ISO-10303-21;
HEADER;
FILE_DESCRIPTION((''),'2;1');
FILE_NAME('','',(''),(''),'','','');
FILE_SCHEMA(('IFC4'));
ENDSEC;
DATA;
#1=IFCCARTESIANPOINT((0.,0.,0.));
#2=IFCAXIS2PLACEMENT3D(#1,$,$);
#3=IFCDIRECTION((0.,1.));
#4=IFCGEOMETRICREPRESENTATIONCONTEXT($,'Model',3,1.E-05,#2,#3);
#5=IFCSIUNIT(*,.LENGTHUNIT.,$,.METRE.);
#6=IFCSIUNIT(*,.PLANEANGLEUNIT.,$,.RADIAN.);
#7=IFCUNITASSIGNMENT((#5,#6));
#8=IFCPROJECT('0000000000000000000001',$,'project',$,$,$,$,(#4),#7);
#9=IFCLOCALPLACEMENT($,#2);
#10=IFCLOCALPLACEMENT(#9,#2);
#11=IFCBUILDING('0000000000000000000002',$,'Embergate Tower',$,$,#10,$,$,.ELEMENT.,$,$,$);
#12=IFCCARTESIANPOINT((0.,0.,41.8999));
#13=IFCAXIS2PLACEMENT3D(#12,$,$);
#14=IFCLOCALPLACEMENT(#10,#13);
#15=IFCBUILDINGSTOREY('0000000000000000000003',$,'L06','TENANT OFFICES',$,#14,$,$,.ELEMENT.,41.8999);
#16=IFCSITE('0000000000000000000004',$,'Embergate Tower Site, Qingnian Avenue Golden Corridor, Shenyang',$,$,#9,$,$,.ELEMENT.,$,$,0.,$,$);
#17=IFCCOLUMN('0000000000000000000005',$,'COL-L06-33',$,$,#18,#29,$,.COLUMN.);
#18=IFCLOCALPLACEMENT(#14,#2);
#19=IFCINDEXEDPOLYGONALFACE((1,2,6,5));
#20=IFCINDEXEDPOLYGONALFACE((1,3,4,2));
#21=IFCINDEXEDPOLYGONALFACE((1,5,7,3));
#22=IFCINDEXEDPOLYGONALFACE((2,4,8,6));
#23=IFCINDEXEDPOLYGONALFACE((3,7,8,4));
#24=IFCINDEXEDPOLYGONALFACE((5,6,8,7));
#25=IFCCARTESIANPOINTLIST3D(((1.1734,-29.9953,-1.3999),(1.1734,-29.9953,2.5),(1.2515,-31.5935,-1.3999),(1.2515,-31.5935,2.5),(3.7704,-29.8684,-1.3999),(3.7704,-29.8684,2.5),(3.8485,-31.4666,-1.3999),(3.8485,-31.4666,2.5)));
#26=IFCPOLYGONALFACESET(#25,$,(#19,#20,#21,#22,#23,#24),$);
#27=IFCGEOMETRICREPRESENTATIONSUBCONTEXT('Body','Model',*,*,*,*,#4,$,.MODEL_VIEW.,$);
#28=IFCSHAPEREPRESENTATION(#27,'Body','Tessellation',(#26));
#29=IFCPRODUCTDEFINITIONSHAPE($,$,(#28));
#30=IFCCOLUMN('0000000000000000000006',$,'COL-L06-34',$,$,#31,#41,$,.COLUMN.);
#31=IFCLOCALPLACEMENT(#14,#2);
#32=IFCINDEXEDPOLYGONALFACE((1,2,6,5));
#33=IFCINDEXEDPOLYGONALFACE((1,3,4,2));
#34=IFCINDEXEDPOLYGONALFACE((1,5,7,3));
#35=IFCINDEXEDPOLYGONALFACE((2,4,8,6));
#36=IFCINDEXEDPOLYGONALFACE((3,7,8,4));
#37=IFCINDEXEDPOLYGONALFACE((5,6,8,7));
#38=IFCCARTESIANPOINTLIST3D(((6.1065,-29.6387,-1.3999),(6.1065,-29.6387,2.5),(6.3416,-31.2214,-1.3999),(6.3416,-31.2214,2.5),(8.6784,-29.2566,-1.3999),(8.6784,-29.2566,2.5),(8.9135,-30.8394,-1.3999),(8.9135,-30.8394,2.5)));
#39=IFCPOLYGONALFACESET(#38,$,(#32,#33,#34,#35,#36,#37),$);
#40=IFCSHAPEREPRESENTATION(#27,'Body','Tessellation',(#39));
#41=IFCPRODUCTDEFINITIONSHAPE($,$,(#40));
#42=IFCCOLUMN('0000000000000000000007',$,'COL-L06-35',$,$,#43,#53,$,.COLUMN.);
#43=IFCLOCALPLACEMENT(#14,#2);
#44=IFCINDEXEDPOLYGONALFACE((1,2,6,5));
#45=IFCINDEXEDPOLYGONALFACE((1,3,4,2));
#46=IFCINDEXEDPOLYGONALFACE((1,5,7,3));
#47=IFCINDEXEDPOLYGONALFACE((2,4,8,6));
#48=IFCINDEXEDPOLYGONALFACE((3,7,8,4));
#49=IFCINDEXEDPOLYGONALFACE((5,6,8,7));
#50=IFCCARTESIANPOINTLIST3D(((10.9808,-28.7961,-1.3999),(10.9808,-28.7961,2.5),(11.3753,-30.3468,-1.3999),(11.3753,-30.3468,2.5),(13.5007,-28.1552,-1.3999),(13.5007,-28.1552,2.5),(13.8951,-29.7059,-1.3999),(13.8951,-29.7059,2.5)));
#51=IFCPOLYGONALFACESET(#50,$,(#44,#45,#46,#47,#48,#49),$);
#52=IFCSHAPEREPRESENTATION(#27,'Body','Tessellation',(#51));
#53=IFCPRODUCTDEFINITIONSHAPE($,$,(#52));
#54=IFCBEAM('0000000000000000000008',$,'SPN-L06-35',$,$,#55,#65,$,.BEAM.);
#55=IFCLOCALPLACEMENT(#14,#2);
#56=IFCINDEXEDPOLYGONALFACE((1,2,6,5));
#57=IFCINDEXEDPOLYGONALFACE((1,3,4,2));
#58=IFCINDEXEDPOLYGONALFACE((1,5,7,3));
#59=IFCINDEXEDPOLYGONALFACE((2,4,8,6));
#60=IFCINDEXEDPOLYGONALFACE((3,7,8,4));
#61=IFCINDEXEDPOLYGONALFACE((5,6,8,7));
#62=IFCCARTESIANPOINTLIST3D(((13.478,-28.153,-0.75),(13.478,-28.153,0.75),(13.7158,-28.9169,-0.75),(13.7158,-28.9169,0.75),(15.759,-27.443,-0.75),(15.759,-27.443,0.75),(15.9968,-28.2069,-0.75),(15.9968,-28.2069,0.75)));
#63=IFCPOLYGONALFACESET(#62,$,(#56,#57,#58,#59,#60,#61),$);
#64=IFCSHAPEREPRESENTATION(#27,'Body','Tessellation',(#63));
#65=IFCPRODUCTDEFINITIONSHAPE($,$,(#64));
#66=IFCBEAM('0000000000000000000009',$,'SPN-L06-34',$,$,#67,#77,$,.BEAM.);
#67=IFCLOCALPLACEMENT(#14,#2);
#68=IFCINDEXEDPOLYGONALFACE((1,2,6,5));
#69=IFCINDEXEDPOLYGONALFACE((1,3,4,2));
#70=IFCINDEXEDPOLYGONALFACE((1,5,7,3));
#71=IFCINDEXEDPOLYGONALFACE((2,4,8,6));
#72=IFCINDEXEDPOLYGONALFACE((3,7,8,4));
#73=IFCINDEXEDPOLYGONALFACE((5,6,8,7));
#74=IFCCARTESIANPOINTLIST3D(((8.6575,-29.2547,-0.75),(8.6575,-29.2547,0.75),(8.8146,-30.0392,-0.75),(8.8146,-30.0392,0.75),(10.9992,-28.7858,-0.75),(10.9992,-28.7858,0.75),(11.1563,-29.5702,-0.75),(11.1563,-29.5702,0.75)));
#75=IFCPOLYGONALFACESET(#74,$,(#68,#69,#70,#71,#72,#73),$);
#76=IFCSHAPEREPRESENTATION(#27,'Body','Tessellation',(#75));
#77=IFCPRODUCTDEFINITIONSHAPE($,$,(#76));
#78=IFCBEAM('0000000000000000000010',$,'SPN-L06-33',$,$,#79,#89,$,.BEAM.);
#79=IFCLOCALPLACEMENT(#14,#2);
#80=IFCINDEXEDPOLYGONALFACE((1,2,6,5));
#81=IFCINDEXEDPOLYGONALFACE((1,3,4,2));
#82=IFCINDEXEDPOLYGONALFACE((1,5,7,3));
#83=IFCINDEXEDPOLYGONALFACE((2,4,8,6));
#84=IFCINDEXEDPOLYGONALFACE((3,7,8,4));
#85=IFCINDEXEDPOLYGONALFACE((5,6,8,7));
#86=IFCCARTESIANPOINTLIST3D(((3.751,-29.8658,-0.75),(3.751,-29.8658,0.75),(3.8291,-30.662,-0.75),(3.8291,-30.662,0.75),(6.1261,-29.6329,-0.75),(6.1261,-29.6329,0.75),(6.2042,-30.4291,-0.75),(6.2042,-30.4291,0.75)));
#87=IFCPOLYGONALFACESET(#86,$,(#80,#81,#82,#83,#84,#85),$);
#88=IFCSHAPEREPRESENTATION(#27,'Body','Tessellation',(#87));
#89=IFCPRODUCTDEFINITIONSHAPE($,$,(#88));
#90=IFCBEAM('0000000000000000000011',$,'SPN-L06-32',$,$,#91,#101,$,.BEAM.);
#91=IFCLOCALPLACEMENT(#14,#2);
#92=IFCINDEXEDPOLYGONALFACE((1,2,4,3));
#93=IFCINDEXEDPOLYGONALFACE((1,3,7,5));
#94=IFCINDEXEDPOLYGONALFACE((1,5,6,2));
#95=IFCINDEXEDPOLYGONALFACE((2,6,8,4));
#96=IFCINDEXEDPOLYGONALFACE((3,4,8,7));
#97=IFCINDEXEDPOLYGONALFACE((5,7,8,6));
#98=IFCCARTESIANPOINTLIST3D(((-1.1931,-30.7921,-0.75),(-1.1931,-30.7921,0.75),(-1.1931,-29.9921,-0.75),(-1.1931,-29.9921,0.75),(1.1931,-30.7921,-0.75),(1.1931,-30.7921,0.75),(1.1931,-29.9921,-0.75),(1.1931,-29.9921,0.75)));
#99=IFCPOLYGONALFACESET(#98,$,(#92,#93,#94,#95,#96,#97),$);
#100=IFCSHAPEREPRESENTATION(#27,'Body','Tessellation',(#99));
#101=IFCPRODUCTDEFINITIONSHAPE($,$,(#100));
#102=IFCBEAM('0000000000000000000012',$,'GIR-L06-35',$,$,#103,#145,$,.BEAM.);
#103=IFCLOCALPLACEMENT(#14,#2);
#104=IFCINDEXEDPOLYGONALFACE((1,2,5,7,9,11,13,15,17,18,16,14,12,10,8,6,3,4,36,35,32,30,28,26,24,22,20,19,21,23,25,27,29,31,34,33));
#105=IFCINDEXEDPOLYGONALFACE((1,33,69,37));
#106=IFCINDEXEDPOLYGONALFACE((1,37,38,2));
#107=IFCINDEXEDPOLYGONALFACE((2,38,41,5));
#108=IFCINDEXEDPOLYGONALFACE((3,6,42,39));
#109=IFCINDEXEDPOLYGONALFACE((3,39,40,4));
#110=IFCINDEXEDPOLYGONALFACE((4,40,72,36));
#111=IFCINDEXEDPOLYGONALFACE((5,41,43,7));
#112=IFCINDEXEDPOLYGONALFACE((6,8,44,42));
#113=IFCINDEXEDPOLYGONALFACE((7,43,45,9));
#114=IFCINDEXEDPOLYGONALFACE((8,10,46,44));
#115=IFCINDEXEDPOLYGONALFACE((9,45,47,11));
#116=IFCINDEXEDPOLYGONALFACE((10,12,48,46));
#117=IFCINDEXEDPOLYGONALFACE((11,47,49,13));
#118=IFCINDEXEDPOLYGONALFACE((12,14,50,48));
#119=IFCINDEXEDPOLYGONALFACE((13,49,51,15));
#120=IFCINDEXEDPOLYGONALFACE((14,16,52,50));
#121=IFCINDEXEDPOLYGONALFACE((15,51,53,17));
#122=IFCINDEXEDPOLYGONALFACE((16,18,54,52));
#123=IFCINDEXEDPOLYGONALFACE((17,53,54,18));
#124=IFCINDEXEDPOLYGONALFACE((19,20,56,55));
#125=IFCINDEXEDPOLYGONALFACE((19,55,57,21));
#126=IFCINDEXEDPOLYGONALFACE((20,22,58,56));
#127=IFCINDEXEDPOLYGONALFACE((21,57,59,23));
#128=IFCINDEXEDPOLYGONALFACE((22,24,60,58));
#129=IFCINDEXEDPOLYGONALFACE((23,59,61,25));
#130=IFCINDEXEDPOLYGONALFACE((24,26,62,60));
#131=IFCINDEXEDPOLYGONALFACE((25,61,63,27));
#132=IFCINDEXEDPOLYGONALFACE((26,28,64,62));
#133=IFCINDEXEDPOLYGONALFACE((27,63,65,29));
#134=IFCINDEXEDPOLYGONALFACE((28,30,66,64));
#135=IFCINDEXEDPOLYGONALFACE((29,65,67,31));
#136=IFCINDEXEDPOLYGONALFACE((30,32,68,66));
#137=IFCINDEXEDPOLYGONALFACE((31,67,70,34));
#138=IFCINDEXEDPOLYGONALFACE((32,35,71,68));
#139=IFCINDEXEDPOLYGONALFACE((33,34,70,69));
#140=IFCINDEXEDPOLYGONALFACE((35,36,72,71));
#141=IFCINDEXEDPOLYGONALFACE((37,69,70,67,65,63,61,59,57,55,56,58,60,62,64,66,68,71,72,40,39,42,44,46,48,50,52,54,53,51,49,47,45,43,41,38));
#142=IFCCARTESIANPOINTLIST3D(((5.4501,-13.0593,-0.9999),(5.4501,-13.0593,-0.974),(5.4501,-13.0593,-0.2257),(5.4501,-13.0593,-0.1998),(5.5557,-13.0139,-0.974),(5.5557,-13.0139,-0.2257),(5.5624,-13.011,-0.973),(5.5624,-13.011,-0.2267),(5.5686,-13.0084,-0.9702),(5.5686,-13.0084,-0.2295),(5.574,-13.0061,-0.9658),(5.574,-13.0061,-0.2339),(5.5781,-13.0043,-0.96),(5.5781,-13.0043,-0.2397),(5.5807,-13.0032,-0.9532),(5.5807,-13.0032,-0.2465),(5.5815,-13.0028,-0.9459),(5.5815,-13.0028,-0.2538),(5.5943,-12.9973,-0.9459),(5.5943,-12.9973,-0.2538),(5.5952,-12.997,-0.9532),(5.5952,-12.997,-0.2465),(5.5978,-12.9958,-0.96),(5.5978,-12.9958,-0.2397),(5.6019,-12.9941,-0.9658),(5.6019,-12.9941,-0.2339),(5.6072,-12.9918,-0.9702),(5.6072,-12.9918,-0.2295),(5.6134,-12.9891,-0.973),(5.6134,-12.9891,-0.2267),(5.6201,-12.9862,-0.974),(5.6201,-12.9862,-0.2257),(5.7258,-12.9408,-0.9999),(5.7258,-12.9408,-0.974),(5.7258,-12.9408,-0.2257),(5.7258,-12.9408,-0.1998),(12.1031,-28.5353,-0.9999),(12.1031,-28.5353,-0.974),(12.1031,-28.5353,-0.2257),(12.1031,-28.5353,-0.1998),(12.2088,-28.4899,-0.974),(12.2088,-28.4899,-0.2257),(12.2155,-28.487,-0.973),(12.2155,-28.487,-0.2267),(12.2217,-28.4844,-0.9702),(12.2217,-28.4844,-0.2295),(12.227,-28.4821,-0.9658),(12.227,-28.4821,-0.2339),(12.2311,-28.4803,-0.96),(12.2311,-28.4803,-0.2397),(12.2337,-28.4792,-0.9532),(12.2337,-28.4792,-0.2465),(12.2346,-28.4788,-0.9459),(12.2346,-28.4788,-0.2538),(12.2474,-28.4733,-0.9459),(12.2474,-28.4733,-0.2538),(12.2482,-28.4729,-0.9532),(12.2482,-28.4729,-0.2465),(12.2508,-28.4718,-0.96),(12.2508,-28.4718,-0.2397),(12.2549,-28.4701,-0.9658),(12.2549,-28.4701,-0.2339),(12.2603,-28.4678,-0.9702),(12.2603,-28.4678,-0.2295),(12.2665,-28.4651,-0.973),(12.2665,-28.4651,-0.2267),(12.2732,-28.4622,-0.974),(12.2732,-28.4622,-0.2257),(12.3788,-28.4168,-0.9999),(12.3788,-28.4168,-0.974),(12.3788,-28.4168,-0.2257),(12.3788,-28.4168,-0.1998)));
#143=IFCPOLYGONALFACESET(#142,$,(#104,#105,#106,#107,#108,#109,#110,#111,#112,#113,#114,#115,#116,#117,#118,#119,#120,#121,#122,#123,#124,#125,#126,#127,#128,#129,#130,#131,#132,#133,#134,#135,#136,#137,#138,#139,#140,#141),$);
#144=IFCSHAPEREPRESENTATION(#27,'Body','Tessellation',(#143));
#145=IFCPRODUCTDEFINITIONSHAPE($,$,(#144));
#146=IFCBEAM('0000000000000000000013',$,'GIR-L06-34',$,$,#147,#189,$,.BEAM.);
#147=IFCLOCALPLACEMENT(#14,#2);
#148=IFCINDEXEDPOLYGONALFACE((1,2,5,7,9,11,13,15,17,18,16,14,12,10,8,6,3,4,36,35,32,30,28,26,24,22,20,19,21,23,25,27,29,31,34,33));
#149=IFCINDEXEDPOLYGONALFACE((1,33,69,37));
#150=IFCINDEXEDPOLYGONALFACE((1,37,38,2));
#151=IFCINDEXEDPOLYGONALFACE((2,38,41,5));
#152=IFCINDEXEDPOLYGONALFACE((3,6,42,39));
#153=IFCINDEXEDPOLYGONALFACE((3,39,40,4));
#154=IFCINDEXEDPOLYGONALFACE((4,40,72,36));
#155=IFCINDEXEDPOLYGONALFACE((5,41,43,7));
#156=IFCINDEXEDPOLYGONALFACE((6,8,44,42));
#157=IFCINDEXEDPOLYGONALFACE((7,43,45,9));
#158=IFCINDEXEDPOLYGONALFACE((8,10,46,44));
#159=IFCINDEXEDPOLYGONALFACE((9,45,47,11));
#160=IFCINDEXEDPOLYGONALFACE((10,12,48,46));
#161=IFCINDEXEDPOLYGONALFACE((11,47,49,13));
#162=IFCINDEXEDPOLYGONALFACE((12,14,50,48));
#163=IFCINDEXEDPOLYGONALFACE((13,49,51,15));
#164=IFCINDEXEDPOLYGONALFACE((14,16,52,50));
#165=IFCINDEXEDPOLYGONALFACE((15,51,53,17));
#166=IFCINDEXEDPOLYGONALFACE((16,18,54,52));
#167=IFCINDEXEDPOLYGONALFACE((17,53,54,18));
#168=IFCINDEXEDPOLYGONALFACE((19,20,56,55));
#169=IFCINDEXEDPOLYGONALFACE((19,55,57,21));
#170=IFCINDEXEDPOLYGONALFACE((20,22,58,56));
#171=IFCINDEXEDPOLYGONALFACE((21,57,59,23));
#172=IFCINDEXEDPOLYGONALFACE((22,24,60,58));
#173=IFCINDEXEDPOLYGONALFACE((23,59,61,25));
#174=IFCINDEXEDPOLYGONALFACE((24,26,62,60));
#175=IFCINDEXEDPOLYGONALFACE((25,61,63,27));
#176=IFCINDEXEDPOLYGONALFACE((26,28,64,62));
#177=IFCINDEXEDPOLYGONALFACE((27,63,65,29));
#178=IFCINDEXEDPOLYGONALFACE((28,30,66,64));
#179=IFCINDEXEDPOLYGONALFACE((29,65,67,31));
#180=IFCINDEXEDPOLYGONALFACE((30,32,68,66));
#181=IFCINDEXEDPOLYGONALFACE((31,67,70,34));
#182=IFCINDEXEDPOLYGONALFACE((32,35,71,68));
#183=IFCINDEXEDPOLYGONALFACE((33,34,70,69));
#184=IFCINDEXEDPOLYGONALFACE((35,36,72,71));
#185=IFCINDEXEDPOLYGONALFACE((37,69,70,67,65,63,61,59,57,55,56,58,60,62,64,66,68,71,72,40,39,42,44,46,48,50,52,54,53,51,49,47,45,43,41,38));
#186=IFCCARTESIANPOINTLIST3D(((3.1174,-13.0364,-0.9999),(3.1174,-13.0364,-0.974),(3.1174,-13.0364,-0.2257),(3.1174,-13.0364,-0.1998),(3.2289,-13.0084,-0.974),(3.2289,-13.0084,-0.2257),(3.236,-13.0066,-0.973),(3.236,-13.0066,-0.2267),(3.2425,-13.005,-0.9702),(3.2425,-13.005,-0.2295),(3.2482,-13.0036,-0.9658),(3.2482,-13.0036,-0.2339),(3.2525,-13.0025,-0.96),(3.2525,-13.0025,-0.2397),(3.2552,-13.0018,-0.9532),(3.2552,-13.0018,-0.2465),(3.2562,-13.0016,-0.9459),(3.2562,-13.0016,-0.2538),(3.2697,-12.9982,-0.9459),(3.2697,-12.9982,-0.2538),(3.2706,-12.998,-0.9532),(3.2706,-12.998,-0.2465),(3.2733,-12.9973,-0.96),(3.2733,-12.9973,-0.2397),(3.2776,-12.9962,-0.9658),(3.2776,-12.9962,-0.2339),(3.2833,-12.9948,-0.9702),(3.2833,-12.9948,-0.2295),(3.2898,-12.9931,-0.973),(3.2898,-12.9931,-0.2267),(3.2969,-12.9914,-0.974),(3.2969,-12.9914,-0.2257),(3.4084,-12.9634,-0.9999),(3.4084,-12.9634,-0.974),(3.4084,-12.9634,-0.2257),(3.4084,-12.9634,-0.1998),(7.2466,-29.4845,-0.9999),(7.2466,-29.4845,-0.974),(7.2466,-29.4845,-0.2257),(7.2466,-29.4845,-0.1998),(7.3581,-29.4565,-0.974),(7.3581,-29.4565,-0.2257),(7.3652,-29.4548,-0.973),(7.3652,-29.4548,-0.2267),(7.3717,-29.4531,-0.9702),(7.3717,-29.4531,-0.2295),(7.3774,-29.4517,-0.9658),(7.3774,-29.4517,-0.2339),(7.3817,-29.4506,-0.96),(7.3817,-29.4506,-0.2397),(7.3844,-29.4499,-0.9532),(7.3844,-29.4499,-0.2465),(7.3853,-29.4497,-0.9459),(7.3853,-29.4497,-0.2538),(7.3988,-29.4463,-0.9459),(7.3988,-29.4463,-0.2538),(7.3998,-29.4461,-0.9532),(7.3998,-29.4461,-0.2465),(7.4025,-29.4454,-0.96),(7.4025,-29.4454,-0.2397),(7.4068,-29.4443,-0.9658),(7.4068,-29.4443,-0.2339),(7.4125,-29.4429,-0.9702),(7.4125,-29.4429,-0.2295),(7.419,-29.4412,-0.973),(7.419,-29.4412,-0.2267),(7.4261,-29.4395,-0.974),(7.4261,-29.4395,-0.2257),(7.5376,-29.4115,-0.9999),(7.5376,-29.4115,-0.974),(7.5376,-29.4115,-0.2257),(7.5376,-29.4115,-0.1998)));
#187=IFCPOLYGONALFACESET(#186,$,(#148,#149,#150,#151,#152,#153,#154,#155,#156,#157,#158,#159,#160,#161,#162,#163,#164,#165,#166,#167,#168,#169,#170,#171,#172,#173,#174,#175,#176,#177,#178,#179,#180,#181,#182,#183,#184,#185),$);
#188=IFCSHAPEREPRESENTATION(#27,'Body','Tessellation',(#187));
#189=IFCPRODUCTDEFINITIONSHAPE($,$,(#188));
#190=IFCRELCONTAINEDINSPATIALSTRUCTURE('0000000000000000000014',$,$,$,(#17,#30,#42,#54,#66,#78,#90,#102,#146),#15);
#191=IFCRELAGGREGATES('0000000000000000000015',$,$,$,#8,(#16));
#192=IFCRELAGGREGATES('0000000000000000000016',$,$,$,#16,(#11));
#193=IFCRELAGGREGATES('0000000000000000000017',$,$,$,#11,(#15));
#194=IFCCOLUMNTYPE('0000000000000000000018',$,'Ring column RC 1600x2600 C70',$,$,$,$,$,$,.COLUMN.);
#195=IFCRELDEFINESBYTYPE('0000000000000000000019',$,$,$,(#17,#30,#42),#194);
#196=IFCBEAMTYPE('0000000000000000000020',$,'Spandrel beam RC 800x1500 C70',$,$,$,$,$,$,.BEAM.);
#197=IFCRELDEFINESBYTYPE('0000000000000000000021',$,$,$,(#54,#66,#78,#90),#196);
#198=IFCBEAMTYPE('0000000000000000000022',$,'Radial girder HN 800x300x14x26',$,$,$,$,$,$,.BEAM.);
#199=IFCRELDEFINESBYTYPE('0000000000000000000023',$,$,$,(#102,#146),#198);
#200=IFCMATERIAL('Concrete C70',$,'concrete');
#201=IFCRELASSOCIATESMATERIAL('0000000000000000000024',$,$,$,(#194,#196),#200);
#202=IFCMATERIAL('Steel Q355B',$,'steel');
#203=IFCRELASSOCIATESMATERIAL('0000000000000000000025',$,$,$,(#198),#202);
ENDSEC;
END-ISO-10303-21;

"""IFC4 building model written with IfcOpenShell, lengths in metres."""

from ifc_helpers import new_model, si_unit, direction, frame, origin, origin_2d, place, context, subcontext, project, spatial, rectangle, i_section, extrude, source, transform, mapped, material, material_profile, profile_set, type_object, element, save


model = new_model("IFC4")

# Units and contexts
model_context = context("Model", 3, precision=1e-05, world=origin(), true_north=direction((0.0, 1.0)))
body_context = subcontext(model_context, "Body", "Model", "MODEL_VIEW")
ifc_project = project(units=[si_unit("LENGTHUNIT", "METRE"), si_unit("PLANEANGLEUNIT", "RADIAN")], contexts=[model_context])

# Site, building, storey
site_placement = place(None, origin())
site = spatial("IfcSite", under=ifc_project, at=site_placement, Name="Embergate Tower Site, Qingnian Avenue Golden Corridor, Shenyang", CompositionType="ELEMENT", RefElevation=0.0)
building_placement = place(site_placement, origin())
building = spatial("IfcBuilding", under=site, at=building_placement, Name="Embergate Tower", CompositionType="ELEMENT")
storey_placement = place(building_placement, frame((0.0, 0.0, 41.8999)))
storey = spatial("IfcBuildingStorey", under=building, at=storey_placement, Name="L06", Description="TENANT OFFICES", CompositionType="ELEMENT", Elevation=41.8999)

# Columns
ifc_material_1 = material(Name="Concrete C70", Category="concrete")
ifc_material_profile_1 = material_profile(ifc_material_1, rectangle(XDim=1.6001, YDim=2.6001, at=origin_2d()), Name="RC 1600x2600")
ifc_profile_set_1 = profile_set([ifc_material_profile_1], Name="Concrete C70")
column_type = type_object("IfcColumnType", Name="Ring column RC 1600x2600 C70", PredefinedType="COLUMN", material=ifc_profile_set_1)
shared_shape_1 = source(origin(), body_context, "Body", "SweptSolid", [
    extrude(rectangle(XDim=1.6001, YDim=2.6001, at=origin_2d()), origin(), (0.0, 0.0, 1.0), 3.8999),
])
for number, where, z_axis, x_axis, name in (
    (1, (2.511, -30.731, -1.3999), (0.0, 0.0, 1.0), (0.048815, -0.998808, 0.0), "COL-L06-33"),
    (2, (7.51, -30.239, -1.3999), (0.0, 0.0, 1.0), (0.146929, -0.989147, 0.0), "COL-L06-34"),
    (3, (12.438, -29.251, -1.3999), (0.0, 0.0, 1.0), (0.246492, -0.969145, 0.0), "COL-L06-35"),
):
    element("IfcColumn", number, at=place(storey_placement, frame(where, z_axis=z_axis, x_axis=x_axis)), inside=storey, type_object=column_type, Name=name, PredefinedType="COLUMN", context=body_context, shape_type="MappedRepresentation", body=[
        mapped(shared_shape_1, transform((0.0, 0.0, 0.0))),
    ])

# Beams
ifc_material_profile_2 = material_profile(ifc_material_1, rectangle(XDim=0.8, YDim=1.5, at=origin_2d()), Name="RC 800x1500")
ifc_profile_set_2 = profile_set([ifc_material_profile_2], Name="Concrete C70")
beam_type_1 = type_object("IfcBeamType", Name="Spandrel beam RC 800x1500 C70", PredefinedType="BEAM", material=ifc_profile_set_2)
shared_shape_2 = source(origin(), body_context, "Body", "SweptSolid", [
    extrude(rectangle(XDim=0.8, YDim=1.5, at=origin_2d()), origin(), (0.0, 0.0, 1.0), 2.3889),
])
beam_1_placement = place(storey_placement, frame((13.5969, -28.5349, 0.0), z_axis=(0.954819, 0.297187, 0.0), x_axis=(-0.297187, 0.954819, 0.0)))
element("IfcBeam", 4, at=beam_1_placement, inside=storey, type_object=beam_type_1, Name="SPN-L06-35", PredefinedType="BEAM", context=body_context, shape_type="MappedRepresentation", body=[
    mapped(shared_shape_2, transform((0.0, 0.0, 0.0))),
])
shared_shape_3 = source(origin(), body_context, "Body", "SweptSolid", [
    extrude(rectangle(XDim=0.8, YDim=1.5, at=origin_2d()), origin(), (0.0, 0.0, 1.0), 2.3882),
])
beam_2_placement = place(storey_placement, frame((8.7361, -29.647, 0.0), z_axis=(0.98053, 0.196372, 0.0), x_axis=(-0.196372, 0.98053, 0.0)))
element("IfcBeam", 5, at=beam_2_placement, inside=storey, type_object=beam_type_1, Name="SPN-L06-34", PredefinedType="BEAM", context=body_context, shape_type="MappedRepresentation", body=[
    mapped(shared_shape_3, transform((0.0, 0.0, 0.0))),
])
shared_shape_4 = source(origin(), body_context, "Body", "SweptSolid", [
    extrude(rectangle(XDim=0.8, YDim=1.5, at=origin_2d()), origin(), (0.0, 0.0, 1.0), 2.3865),
])
beam_3_placement = place(storey_placement, frame((3.79, -30.2639, 0.0), z_axis=(0.995226, 0.097599, 0.0), x_axis=(-0.097599, 0.995226, 0.0)))
element("IfcBeam", 6, at=beam_3_placement, inside=storey, type_object=beam_type_1, Name="SPN-L06-33", PredefinedType="BEAM", context=body_context, shape_type="MappedRepresentation", body=[
    mapped(shared_shape_4, transform((0.0, 0.0, 0.0))),
])
shared_shape_5 = source(origin(), body_context, "Body", "SweptSolid", [
    extrude(rectangle(XDim=0.8, YDim=1.5, at=origin_2d()), origin(), (0.0, 0.0, 1.0), 2.3862),
])
beam_4_placement = place(storey_placement, frame((-1.1931, -30.3921, 0.0), z_axis=(1.0, 0.0, 0.0), x_axis=(0.0, 1.0, 0.0)))
element("IfcBeam", 7, at=beam_4_placement, inside=storey, type_object=beam_type_1, Name="SPN-L06-32", PredefinedType="BEAM", context=body_context, shape_type="MappedRepresentation", body=[
    mapped(shared_shape_5, transform((0.0, 0.0, 0.0))),
])
ifc_material_2 = material(Name="Steel Q355B", Category="steel")
ifc_material_profile_3 = material_profile(ifc_material_2, i_section(OverallWidth=0.3, OverallDepth=0.8, WebThickness=0.0139, FlangeThickness=0.0259, FilletRadius=0.0281, at=origin_2d()), Name="HN 800x300x14x26")
ifc_profile_set_3 = profile_set([ifc_material_profile_3], Name="Steel Q355 grade B")
beam_type_2 = type_object("IfcBeamType", Name="Radial girder HN 800x300x14x26", PredefinedType="BEAM", material=ifc_profile_set_3)
shared_shape_6 = source(origin(), body_context, "Body", "SweptSolid", [
    extrude(i_section(OverallWidth=0.3, OverallDepth=0.8, WebThickness=0.0139, FlangeThickness=0.0259, FilletRadius=0.0281, at=origin_2d()), origin(), (0.0, 0.0, 1.0), 16.8455),
])
beam_5_placement = place(storey_placement, frame((12.241, -28.4761, -0.5999), z_axis=(-0.394946, 0.918704, 0.0), x_axis=(-0.918704, -0.394946, 0.0)))
element("IfcBeam", 8, at=beam_5_placement, inside=storey, type_object=beam_type_2, Name="GIR-L06-35", PredefinedType="BEAM", context=body_context, shape_type="MappedRepresentation", body=[
    mapped(shared_shape_6, transform((0.0, 0.0, 0.0))),
])
shared_shape_7 = source(origin(), body_context, "Body", "SweptSolid", [
    extrude(i_section(OverallWidth=0.3, OverallDepth=0.8, WebThickness=0.0139, FlangeThickness=0.0259, FilletRadius=0.0281, at=origin_2d()), origin(), (0.0, 0.0, 1.0), 16.9585),
])
beam_6_placement = place(storey_placement, frame((7.3921, -29.448, -0.5999), z_axis=(-0.243487, 0.969904, 0.0), x_axis=(-0.969904, -0.243487, 0.0)))
element("IfcBeam", 9, at=beam_6_placement, inside=storey, type_object=beam_type_2, Name="GIR-L06-34", PredefinedType="BEAM", context=body_context, shape_type="MappedRepresentation", body=[
    mapped(shared_shape_7, transform((0.0, 0.0, 0.0))),
])

save(model, "model.ifc")
